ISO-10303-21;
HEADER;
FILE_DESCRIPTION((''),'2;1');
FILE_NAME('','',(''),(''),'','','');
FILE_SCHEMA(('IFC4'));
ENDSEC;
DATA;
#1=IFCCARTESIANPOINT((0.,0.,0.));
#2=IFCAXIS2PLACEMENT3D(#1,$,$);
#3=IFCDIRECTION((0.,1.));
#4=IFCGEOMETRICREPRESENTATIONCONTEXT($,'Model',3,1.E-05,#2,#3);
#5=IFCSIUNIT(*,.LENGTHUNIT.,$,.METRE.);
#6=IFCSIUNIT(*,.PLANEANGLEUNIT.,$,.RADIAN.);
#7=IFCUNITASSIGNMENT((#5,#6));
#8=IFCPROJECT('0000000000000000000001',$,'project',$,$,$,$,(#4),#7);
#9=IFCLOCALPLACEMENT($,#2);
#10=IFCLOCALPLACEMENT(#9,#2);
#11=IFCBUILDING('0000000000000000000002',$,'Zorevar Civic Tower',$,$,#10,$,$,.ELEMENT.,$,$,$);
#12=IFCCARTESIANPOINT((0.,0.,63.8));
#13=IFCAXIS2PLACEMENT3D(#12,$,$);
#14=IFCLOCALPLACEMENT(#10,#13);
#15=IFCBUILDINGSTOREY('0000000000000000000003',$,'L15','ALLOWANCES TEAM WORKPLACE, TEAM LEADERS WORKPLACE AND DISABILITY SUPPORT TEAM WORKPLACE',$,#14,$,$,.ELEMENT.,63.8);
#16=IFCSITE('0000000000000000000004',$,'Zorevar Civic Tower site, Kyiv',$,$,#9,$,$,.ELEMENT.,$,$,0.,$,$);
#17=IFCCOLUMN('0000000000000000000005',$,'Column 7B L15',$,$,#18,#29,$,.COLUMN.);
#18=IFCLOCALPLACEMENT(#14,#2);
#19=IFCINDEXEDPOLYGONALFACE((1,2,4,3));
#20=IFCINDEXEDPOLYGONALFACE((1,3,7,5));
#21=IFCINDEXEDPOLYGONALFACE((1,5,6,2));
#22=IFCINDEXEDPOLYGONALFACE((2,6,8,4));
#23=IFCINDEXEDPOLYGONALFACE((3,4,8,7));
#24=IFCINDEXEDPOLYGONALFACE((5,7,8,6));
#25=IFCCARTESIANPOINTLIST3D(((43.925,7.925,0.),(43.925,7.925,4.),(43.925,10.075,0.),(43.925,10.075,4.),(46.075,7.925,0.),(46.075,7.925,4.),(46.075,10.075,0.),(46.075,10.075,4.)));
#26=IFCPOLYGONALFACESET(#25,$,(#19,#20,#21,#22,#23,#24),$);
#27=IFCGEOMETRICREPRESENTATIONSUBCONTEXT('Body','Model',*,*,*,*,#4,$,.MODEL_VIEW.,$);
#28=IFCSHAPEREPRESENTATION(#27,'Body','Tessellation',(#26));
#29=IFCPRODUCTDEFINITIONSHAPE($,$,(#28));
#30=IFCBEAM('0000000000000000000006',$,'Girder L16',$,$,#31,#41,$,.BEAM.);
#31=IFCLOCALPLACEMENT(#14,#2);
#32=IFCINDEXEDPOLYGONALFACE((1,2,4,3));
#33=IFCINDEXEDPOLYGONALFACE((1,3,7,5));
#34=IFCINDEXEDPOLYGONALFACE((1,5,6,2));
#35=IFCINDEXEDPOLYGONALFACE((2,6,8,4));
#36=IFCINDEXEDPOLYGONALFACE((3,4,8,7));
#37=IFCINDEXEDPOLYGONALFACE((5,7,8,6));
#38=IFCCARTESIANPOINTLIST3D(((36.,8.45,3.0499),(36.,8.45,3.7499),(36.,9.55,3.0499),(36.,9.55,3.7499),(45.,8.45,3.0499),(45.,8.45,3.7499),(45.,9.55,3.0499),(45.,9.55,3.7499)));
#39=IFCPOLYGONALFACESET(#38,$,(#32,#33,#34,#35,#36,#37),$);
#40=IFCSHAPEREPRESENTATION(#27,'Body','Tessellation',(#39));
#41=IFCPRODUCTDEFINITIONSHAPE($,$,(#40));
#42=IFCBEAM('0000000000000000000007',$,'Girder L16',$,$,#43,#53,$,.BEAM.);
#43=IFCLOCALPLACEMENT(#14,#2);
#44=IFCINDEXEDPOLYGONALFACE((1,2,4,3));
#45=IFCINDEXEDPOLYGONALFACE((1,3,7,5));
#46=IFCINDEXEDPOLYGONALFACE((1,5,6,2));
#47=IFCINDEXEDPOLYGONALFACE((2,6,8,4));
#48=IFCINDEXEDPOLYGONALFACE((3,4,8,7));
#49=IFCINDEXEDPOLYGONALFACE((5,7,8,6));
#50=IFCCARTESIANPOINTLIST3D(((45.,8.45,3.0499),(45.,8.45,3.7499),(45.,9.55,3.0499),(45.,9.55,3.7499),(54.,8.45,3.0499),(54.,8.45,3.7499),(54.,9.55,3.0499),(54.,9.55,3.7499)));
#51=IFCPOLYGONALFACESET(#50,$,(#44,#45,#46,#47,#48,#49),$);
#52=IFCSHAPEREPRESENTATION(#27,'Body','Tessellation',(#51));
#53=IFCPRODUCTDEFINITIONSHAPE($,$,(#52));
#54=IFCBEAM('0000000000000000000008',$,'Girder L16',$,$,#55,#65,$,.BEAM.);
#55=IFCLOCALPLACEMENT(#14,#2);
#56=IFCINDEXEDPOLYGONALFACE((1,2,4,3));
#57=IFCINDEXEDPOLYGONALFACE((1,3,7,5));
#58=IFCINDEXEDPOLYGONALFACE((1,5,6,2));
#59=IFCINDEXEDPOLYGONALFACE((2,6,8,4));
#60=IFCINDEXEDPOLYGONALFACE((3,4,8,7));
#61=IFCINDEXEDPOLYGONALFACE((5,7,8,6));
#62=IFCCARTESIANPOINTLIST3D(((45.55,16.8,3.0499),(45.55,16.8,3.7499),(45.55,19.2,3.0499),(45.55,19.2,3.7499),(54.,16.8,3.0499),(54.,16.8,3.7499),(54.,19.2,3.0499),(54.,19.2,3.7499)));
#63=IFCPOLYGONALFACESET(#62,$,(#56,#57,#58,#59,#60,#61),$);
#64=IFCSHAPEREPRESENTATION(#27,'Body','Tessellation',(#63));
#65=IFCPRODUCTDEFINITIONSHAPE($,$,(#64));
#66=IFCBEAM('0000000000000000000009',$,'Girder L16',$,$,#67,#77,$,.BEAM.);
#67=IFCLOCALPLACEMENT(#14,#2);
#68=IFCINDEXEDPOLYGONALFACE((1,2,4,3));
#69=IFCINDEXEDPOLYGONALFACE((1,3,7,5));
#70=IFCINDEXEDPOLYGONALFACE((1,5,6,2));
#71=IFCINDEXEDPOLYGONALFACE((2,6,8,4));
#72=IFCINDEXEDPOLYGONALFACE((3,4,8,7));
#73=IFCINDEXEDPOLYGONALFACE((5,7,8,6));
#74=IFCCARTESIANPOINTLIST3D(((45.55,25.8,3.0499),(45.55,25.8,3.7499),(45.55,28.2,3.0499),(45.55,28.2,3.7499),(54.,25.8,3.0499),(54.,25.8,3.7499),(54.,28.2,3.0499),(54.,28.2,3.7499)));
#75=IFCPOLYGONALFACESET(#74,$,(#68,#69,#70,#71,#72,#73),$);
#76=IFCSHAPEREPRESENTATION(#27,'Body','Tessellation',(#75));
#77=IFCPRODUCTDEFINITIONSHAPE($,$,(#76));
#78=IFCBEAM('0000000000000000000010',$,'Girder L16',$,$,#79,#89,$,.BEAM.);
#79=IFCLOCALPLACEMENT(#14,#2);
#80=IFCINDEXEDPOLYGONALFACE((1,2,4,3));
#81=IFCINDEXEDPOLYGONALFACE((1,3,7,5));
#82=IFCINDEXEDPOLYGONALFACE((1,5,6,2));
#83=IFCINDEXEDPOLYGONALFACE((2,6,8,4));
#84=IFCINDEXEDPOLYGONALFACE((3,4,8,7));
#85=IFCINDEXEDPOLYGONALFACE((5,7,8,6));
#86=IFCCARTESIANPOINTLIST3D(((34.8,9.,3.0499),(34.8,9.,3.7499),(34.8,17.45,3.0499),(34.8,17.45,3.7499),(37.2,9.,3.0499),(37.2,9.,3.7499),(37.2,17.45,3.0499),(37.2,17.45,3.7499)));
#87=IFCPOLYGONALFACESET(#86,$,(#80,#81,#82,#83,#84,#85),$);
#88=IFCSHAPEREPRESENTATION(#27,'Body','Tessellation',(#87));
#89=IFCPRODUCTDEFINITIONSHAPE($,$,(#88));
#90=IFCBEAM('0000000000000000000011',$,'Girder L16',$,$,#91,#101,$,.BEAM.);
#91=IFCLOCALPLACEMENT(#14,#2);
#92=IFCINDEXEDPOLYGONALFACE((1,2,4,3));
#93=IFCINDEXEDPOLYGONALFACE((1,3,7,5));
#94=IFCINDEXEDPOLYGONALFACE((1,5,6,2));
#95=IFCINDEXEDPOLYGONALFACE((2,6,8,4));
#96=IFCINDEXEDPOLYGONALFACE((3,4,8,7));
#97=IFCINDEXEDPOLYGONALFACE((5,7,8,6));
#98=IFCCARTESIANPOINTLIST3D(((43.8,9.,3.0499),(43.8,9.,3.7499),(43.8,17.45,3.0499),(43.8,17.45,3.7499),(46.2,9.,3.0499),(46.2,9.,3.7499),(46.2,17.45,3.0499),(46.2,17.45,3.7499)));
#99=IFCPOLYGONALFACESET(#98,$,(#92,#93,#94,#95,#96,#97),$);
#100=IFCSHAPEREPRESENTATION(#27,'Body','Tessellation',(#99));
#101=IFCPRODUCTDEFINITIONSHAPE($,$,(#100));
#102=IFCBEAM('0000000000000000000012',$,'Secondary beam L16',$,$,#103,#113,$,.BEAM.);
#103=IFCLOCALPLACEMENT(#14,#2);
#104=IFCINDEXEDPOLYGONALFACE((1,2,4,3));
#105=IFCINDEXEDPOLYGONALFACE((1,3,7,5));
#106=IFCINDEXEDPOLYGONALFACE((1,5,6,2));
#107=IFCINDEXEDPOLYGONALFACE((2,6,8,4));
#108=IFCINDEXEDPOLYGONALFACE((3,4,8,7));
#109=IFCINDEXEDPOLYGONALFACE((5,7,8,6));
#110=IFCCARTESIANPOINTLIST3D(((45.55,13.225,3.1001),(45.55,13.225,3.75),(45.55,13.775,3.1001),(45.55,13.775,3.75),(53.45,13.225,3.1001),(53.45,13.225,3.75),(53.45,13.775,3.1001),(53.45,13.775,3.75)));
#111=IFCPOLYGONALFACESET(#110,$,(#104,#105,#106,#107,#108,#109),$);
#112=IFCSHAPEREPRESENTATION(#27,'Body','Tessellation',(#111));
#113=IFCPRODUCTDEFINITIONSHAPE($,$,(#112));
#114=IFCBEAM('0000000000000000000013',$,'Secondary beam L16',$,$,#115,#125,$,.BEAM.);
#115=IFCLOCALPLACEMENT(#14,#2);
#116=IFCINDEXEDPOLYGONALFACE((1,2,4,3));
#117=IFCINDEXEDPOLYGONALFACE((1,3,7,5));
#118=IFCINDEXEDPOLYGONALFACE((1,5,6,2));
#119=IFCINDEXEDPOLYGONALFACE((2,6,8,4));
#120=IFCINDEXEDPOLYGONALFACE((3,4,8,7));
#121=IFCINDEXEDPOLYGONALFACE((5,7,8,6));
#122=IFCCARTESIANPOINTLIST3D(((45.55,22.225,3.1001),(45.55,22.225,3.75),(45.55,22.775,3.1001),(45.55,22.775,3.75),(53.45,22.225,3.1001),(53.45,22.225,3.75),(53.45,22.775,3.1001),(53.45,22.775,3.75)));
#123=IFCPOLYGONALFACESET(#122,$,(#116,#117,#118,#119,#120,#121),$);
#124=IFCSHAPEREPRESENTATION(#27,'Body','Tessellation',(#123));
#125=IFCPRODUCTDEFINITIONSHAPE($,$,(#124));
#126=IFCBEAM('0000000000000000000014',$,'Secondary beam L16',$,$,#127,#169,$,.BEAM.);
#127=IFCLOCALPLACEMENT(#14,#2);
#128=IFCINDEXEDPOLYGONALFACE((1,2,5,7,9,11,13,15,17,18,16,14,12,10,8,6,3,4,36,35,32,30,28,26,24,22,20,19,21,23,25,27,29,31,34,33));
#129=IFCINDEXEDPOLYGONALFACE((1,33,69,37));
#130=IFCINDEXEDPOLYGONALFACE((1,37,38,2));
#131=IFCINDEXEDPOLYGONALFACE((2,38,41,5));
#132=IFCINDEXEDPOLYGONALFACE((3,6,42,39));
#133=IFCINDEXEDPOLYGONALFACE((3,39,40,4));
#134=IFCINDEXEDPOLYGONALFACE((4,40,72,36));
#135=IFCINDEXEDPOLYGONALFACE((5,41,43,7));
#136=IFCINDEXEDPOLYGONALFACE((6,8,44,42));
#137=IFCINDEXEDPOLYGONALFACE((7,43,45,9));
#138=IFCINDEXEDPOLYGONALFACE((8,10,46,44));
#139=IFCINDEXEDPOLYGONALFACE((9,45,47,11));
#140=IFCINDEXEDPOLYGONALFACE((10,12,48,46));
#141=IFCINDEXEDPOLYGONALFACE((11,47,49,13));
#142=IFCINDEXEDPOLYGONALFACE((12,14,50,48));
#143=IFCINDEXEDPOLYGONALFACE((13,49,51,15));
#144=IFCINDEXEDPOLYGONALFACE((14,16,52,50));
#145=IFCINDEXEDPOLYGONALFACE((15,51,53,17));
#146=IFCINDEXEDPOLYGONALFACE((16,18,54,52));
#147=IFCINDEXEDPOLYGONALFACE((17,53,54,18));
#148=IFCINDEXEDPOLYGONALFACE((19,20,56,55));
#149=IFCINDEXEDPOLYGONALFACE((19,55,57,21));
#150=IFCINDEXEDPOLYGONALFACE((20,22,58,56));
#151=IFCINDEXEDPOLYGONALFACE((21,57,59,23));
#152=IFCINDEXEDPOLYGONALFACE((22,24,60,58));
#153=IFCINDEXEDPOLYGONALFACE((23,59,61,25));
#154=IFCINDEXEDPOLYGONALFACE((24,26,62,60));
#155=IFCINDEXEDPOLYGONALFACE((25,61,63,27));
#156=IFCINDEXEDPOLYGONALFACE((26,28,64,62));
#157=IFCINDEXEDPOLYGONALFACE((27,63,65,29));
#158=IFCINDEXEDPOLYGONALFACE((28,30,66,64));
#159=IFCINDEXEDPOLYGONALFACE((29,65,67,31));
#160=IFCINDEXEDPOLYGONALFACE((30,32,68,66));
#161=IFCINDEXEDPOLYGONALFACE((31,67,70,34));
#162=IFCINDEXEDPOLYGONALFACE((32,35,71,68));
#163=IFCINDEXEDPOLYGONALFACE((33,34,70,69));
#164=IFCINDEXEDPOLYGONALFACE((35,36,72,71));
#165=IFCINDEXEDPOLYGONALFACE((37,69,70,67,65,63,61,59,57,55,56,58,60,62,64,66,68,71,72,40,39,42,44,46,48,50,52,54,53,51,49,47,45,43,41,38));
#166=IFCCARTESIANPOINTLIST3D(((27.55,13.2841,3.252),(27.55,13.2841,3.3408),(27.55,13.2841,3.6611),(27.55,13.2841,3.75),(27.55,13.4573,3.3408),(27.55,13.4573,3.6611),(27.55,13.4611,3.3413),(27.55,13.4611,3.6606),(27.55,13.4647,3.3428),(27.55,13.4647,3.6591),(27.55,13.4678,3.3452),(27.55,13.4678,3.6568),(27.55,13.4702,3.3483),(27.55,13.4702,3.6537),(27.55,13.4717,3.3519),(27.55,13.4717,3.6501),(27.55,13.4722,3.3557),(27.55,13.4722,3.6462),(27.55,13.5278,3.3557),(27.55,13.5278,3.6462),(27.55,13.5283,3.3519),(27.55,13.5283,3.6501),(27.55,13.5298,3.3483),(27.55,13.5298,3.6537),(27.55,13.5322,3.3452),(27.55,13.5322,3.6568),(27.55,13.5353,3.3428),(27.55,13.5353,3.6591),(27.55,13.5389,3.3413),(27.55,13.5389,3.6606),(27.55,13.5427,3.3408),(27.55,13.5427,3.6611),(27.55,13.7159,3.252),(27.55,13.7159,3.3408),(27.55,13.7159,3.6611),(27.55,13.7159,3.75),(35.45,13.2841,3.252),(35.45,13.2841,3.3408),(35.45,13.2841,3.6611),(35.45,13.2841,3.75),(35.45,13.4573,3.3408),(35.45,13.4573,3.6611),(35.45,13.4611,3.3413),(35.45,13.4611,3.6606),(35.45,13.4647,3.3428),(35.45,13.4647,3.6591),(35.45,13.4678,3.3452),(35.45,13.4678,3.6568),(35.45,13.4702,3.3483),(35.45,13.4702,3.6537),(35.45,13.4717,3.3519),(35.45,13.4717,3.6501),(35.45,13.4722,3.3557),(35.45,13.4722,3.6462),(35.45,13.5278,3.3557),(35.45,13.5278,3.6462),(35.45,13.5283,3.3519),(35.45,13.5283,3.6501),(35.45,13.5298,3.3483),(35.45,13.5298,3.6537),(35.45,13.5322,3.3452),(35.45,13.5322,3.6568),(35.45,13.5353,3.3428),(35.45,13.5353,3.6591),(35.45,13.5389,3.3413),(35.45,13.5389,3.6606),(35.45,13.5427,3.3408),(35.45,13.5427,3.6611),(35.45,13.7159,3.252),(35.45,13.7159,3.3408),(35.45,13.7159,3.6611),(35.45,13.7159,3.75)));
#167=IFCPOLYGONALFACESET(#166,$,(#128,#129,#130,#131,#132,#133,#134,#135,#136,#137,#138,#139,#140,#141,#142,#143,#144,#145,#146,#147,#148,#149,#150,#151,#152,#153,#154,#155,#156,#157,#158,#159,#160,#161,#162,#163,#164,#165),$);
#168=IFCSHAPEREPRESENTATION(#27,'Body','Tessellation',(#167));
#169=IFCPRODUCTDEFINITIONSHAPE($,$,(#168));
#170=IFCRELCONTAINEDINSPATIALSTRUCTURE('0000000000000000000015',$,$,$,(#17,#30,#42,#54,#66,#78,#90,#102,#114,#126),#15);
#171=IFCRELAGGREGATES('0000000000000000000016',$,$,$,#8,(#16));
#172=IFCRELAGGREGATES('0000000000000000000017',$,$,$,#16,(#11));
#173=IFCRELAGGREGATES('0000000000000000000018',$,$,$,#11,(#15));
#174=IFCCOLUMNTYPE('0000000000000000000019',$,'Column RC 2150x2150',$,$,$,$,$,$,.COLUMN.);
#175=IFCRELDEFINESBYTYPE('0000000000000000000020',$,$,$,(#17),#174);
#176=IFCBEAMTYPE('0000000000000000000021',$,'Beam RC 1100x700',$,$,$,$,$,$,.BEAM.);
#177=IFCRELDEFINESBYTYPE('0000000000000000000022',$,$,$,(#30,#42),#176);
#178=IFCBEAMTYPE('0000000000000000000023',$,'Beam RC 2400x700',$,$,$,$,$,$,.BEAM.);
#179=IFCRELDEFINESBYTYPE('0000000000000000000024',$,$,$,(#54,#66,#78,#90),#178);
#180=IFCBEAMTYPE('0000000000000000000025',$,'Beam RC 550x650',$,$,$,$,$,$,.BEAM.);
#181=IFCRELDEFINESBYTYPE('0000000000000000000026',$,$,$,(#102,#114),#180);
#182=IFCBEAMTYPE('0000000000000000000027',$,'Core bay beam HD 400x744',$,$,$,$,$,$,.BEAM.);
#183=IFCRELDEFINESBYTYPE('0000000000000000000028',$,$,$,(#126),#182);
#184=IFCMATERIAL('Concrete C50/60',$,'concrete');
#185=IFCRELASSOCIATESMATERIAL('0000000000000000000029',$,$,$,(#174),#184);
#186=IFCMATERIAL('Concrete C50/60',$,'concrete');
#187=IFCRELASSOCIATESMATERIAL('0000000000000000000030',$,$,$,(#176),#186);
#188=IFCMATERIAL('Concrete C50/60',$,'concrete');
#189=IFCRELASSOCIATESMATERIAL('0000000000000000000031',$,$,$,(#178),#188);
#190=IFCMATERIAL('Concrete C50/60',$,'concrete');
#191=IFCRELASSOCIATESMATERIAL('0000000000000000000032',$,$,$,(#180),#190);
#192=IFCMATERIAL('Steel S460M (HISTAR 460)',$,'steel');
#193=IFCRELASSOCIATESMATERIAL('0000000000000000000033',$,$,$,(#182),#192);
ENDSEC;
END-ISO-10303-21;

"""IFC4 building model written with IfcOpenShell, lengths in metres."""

from ifc_helpers import new_model, si_unit, direction, frame, origin, origin_2d, place, context, subcontext, project, spatial, rectangle, i_section, extrude, material, material_profile, profile_set, type_object, element, save


model = new_model("IFC4")

# Units and contexts
model_context = context("Model", 3, precision=1e-05, world=origin(), true_north=direction((0.0, 1.0)))
body_context = subcontext(model_context, "Body", "Model", "MODEL_VIEW")
ifc_project = project(units=[si_unit("LENGTHUNIT", "METRE"), si_unit("PLANEANGLEUNIT", "RADIAN")], contexts=[model_context])

# Site, building, storey
site_placement = place(None, origin())
site = spatial("IfcSite", under=ifc_project, at=site_placement, Name="Zorevar Civic Tower site, Kyiv", CompositionType="ELEMENT", RefElevation=0.0)
building_placement = place(site_placement, origin())
building = spatial("IfcBuilding", under=site, at=building_placement, Name="Zorevar Civic Tower", CompositionType="ELEMENT")
storey_placement = place(building_placement, frame((0.0, 0.0, 63.8)))
storey = spatial("IfcBuildingStorey", under=building, at=storey_placement, Name="L15", Description="ALLOWANCES TEAM WORKPLACE, TEAM LEADERS WORKPLACE AND DISABILITY SUPPORT TEAM WORKPLACE", CompositionType="ELEMENT", Elevation=63.8)

# Column
ifc_material_1 = material(Name="Concrete C50/60", Category="concrete")
ifc_material_profile_1 = material_profile(ifc_material_1, rectangle(XDim=2.1499, YDim=2.1499, at=origin_2d()), Name="RC 2150x2150")
ifc_profile_set_1 = profile_set([ifc_material_profile_1], Name="Concrete C50/60")
column_type = type_object("IfcColumnType", Name="Column RC 2150x2150", PredefinedType="COLUMN", material=ifc_profile_set_1)
column_placement = place(storey_placement, frame((45.0, 9.0, 0.0), z_axis=(0.0, 0.0, 1.0), x_axis=(1.0, 0.0, 0.0)))
element("IfcColumn", 1, at=column_placement, inside=storey, type_object=column_type, Name="Column 7B L15", PredefinedType="COLUMN", context=body_context, shape_type="SweptSolid", body=[
    extrude(rectangle(XDim=2.1499, YDim=2.1499, at=origin_2d()), origin(), (0.0, 0.0, 1.0), 4.0),
])

# Beams
ifc_material_2 = material(Name="Concrete C50/60", Category="concrete")
ifc_material_profile_2 = material_profile(ifc_material_2, rectangle(XDim=1.1001, YDim=0.7, at=origin_2d()), Name="RC 1100x700")
ifc_profile_set_2 = profile_set([ifc_material_profile_2], Name="Concrete C50/60")
beam_type_1 = type_object("IfcBeamType", Name="Beam RC 1100x700", PredefinedType="BEAM", material=ifc_profile_set_2)
for number, where, z_axis, x_axis, name in (
    (2, (36.0, 9.0, 3.3999), (1.0, 0.0, 0.0), (0.0, 1.0, 0.0), "Girder L16"),
    (3, (45.0, 9.0, 3.3999), (1.0, 0.0, 0.0), (0.0, 1.0, 0.0), "Girder L16"),
):
    element("IfcBeam", number, at=place(storey_placement, frame(where, z_axis=z_axis, x_axis=x_axis)), inside=storey, type_object=beam_type_1, Name=name, PredefinedType="BEAM", context=body_context, shape_type="SweptSolid", body=[
        extrude(rectangle(XDim=1.1001, YDim=0.7, at=origin_2d()), origin(), (0.0, 0.0, 1.0), 9.0),
    ])
ifc_material_3 = material(Name="Concrete C50/60", Category="concrete")
ifc_material_profile_3 = material_profile(ifc_material_3, rectangle(XDim=2.3999, YDim=0.7, at=origin_2d()), Name="RC 2400x700")
ifc_profile_set_3 = profile_set([ifc_material_profile_3], Name="Concrete C50/60")
beam_type_2 = type_object("IfcBeamType", Name="Beam RC 2400x700", PredefinedType="BEAM", material=ifc_profile_set_3)
for number, where, z_axis, x_axis, name in (
    (4, (45.55, 18.0, 3.3999), (1.0, 0.0, 0.0), (0.0, 1.0, 0.0), "Girder L16"),
    (5, (45.55, 27.0, 3.3999), (1.0, 0.0, 0.0), (0.0, 1.0, 0.0), "Girder L16"),
    (6, (36.0, 9.0, 3.3999), (0.0, 1.0, 0.0), (-1.0, 0.0, 0.0), "Girder L16"),
    (7, (45.0, 9.0, 3.3999), (0.0, 1.0, 0.0), (-1.0, 0.0, 0.0), "Girder L16"),
):
    element("IfcBeam", number, at=place(storey_placement, frame(where, z_axis=z_axis, x_axis=x_axis)), inside=storey, type_object=beam_type_2, Name=name, PredefinedType="BEAM", context=body_context, shape_type="SweptSolid", body=[
        extrude(rectangle(XDim=2.3999, YDim=0.7, at=origin_2d()), origin(), (0.0, 0.0, 1.0), 8.45),
    ])
ifc_material_4 = material(Name="Concrete C50/60", Category="concrete")
ifc_material_profile_4 = material_profile(ifc_material_4, rectangle(XDim=0.55, YDim=0.6499, at=origin_2d()), Name="RC 550x650")
ifc_profile_set_4 = profile_set([ifc_material_profile_4], Name="Concrete C50/60")
beam_type_3 = type_object("IfcBeamType", Name="Beam RC 550x650", PredefinedType="BEAM", material=ifc_profile_set_4)
for number, where, z_axis, x_axis, name in (
    (8, (45.55, 13.5, 3.425), (1.0, 0.0, 0.0), (0.0, 1.0, 0.0), "Secondary beam L16"),
    (9, (45.55, 22.5, 3.425), (1.0, 0.0, 0.0), (0.0, 1.0, 0.0), "Secondary beam L16"),
):
    element("IfcBeam", number, at=place(storey_placement, frame(where, z_axis=z_axis, x_axis=x_axis)), inside=storey, type_object=beam_type_3, Name=name, PredefinedType="BEAM", context=body_context, shape_type="SweptSolid", body=[
        extrude(rectangle(XDim=0.55, YDim=0.6499, at=origin_2d()), origin(), (0.0, 0.0, 1.0), 7.8999),
    ])
ifc_material_5 = material(Name="Steel S460M (HISTAR 460)", Category="steel")
ifc_material_profile_5 = material_profile(ifc_material_5, i_section(OverallWidth=0.4319, OverallDepth=0.498, WebThickness=0.0557, FlangeThickness=0.0889, FilletRadius=0.0149, at=origin_2d()), Name="HD 400x744")
ifc_profile_set_5 = profile_set([ifc_material_profile_5], Name="Steel S460M (HISTAR 460)")
beam_type_4 = type_object("IfcBeamType", Name="Core bay beam HD 400x744", PredefinedType="BEAM", material=ifc_profile_set_5)
for number, where, z_axis, x_axis, name in (
    (10, (27.55, 13.5, 3.501), (1.0, 0.0, 0.0), (0.0, 1.0, 0.0), "Secondary beam L16"),
):
    element("IfcBeam", number, at=place(storey_placement, frame(where, z_axis=z_axis, x_axis=x_axis)), inside=storey, type_object=beam_type_4, Name=name, PredefinedType="BEAM", context=body_context, shape_type="SweptSolid", body=[
        extrude(i_section(OverallWidth=0.4319, OverallDepth=0.498, WebThickness=0.0557, FlangeThickness=0.0889, FilletRadius=0.0149, at=origin_2d()), origin(), (0.0, 0.0, 1.0), 7.8999),
    ])

save(model, "model.ifc")
